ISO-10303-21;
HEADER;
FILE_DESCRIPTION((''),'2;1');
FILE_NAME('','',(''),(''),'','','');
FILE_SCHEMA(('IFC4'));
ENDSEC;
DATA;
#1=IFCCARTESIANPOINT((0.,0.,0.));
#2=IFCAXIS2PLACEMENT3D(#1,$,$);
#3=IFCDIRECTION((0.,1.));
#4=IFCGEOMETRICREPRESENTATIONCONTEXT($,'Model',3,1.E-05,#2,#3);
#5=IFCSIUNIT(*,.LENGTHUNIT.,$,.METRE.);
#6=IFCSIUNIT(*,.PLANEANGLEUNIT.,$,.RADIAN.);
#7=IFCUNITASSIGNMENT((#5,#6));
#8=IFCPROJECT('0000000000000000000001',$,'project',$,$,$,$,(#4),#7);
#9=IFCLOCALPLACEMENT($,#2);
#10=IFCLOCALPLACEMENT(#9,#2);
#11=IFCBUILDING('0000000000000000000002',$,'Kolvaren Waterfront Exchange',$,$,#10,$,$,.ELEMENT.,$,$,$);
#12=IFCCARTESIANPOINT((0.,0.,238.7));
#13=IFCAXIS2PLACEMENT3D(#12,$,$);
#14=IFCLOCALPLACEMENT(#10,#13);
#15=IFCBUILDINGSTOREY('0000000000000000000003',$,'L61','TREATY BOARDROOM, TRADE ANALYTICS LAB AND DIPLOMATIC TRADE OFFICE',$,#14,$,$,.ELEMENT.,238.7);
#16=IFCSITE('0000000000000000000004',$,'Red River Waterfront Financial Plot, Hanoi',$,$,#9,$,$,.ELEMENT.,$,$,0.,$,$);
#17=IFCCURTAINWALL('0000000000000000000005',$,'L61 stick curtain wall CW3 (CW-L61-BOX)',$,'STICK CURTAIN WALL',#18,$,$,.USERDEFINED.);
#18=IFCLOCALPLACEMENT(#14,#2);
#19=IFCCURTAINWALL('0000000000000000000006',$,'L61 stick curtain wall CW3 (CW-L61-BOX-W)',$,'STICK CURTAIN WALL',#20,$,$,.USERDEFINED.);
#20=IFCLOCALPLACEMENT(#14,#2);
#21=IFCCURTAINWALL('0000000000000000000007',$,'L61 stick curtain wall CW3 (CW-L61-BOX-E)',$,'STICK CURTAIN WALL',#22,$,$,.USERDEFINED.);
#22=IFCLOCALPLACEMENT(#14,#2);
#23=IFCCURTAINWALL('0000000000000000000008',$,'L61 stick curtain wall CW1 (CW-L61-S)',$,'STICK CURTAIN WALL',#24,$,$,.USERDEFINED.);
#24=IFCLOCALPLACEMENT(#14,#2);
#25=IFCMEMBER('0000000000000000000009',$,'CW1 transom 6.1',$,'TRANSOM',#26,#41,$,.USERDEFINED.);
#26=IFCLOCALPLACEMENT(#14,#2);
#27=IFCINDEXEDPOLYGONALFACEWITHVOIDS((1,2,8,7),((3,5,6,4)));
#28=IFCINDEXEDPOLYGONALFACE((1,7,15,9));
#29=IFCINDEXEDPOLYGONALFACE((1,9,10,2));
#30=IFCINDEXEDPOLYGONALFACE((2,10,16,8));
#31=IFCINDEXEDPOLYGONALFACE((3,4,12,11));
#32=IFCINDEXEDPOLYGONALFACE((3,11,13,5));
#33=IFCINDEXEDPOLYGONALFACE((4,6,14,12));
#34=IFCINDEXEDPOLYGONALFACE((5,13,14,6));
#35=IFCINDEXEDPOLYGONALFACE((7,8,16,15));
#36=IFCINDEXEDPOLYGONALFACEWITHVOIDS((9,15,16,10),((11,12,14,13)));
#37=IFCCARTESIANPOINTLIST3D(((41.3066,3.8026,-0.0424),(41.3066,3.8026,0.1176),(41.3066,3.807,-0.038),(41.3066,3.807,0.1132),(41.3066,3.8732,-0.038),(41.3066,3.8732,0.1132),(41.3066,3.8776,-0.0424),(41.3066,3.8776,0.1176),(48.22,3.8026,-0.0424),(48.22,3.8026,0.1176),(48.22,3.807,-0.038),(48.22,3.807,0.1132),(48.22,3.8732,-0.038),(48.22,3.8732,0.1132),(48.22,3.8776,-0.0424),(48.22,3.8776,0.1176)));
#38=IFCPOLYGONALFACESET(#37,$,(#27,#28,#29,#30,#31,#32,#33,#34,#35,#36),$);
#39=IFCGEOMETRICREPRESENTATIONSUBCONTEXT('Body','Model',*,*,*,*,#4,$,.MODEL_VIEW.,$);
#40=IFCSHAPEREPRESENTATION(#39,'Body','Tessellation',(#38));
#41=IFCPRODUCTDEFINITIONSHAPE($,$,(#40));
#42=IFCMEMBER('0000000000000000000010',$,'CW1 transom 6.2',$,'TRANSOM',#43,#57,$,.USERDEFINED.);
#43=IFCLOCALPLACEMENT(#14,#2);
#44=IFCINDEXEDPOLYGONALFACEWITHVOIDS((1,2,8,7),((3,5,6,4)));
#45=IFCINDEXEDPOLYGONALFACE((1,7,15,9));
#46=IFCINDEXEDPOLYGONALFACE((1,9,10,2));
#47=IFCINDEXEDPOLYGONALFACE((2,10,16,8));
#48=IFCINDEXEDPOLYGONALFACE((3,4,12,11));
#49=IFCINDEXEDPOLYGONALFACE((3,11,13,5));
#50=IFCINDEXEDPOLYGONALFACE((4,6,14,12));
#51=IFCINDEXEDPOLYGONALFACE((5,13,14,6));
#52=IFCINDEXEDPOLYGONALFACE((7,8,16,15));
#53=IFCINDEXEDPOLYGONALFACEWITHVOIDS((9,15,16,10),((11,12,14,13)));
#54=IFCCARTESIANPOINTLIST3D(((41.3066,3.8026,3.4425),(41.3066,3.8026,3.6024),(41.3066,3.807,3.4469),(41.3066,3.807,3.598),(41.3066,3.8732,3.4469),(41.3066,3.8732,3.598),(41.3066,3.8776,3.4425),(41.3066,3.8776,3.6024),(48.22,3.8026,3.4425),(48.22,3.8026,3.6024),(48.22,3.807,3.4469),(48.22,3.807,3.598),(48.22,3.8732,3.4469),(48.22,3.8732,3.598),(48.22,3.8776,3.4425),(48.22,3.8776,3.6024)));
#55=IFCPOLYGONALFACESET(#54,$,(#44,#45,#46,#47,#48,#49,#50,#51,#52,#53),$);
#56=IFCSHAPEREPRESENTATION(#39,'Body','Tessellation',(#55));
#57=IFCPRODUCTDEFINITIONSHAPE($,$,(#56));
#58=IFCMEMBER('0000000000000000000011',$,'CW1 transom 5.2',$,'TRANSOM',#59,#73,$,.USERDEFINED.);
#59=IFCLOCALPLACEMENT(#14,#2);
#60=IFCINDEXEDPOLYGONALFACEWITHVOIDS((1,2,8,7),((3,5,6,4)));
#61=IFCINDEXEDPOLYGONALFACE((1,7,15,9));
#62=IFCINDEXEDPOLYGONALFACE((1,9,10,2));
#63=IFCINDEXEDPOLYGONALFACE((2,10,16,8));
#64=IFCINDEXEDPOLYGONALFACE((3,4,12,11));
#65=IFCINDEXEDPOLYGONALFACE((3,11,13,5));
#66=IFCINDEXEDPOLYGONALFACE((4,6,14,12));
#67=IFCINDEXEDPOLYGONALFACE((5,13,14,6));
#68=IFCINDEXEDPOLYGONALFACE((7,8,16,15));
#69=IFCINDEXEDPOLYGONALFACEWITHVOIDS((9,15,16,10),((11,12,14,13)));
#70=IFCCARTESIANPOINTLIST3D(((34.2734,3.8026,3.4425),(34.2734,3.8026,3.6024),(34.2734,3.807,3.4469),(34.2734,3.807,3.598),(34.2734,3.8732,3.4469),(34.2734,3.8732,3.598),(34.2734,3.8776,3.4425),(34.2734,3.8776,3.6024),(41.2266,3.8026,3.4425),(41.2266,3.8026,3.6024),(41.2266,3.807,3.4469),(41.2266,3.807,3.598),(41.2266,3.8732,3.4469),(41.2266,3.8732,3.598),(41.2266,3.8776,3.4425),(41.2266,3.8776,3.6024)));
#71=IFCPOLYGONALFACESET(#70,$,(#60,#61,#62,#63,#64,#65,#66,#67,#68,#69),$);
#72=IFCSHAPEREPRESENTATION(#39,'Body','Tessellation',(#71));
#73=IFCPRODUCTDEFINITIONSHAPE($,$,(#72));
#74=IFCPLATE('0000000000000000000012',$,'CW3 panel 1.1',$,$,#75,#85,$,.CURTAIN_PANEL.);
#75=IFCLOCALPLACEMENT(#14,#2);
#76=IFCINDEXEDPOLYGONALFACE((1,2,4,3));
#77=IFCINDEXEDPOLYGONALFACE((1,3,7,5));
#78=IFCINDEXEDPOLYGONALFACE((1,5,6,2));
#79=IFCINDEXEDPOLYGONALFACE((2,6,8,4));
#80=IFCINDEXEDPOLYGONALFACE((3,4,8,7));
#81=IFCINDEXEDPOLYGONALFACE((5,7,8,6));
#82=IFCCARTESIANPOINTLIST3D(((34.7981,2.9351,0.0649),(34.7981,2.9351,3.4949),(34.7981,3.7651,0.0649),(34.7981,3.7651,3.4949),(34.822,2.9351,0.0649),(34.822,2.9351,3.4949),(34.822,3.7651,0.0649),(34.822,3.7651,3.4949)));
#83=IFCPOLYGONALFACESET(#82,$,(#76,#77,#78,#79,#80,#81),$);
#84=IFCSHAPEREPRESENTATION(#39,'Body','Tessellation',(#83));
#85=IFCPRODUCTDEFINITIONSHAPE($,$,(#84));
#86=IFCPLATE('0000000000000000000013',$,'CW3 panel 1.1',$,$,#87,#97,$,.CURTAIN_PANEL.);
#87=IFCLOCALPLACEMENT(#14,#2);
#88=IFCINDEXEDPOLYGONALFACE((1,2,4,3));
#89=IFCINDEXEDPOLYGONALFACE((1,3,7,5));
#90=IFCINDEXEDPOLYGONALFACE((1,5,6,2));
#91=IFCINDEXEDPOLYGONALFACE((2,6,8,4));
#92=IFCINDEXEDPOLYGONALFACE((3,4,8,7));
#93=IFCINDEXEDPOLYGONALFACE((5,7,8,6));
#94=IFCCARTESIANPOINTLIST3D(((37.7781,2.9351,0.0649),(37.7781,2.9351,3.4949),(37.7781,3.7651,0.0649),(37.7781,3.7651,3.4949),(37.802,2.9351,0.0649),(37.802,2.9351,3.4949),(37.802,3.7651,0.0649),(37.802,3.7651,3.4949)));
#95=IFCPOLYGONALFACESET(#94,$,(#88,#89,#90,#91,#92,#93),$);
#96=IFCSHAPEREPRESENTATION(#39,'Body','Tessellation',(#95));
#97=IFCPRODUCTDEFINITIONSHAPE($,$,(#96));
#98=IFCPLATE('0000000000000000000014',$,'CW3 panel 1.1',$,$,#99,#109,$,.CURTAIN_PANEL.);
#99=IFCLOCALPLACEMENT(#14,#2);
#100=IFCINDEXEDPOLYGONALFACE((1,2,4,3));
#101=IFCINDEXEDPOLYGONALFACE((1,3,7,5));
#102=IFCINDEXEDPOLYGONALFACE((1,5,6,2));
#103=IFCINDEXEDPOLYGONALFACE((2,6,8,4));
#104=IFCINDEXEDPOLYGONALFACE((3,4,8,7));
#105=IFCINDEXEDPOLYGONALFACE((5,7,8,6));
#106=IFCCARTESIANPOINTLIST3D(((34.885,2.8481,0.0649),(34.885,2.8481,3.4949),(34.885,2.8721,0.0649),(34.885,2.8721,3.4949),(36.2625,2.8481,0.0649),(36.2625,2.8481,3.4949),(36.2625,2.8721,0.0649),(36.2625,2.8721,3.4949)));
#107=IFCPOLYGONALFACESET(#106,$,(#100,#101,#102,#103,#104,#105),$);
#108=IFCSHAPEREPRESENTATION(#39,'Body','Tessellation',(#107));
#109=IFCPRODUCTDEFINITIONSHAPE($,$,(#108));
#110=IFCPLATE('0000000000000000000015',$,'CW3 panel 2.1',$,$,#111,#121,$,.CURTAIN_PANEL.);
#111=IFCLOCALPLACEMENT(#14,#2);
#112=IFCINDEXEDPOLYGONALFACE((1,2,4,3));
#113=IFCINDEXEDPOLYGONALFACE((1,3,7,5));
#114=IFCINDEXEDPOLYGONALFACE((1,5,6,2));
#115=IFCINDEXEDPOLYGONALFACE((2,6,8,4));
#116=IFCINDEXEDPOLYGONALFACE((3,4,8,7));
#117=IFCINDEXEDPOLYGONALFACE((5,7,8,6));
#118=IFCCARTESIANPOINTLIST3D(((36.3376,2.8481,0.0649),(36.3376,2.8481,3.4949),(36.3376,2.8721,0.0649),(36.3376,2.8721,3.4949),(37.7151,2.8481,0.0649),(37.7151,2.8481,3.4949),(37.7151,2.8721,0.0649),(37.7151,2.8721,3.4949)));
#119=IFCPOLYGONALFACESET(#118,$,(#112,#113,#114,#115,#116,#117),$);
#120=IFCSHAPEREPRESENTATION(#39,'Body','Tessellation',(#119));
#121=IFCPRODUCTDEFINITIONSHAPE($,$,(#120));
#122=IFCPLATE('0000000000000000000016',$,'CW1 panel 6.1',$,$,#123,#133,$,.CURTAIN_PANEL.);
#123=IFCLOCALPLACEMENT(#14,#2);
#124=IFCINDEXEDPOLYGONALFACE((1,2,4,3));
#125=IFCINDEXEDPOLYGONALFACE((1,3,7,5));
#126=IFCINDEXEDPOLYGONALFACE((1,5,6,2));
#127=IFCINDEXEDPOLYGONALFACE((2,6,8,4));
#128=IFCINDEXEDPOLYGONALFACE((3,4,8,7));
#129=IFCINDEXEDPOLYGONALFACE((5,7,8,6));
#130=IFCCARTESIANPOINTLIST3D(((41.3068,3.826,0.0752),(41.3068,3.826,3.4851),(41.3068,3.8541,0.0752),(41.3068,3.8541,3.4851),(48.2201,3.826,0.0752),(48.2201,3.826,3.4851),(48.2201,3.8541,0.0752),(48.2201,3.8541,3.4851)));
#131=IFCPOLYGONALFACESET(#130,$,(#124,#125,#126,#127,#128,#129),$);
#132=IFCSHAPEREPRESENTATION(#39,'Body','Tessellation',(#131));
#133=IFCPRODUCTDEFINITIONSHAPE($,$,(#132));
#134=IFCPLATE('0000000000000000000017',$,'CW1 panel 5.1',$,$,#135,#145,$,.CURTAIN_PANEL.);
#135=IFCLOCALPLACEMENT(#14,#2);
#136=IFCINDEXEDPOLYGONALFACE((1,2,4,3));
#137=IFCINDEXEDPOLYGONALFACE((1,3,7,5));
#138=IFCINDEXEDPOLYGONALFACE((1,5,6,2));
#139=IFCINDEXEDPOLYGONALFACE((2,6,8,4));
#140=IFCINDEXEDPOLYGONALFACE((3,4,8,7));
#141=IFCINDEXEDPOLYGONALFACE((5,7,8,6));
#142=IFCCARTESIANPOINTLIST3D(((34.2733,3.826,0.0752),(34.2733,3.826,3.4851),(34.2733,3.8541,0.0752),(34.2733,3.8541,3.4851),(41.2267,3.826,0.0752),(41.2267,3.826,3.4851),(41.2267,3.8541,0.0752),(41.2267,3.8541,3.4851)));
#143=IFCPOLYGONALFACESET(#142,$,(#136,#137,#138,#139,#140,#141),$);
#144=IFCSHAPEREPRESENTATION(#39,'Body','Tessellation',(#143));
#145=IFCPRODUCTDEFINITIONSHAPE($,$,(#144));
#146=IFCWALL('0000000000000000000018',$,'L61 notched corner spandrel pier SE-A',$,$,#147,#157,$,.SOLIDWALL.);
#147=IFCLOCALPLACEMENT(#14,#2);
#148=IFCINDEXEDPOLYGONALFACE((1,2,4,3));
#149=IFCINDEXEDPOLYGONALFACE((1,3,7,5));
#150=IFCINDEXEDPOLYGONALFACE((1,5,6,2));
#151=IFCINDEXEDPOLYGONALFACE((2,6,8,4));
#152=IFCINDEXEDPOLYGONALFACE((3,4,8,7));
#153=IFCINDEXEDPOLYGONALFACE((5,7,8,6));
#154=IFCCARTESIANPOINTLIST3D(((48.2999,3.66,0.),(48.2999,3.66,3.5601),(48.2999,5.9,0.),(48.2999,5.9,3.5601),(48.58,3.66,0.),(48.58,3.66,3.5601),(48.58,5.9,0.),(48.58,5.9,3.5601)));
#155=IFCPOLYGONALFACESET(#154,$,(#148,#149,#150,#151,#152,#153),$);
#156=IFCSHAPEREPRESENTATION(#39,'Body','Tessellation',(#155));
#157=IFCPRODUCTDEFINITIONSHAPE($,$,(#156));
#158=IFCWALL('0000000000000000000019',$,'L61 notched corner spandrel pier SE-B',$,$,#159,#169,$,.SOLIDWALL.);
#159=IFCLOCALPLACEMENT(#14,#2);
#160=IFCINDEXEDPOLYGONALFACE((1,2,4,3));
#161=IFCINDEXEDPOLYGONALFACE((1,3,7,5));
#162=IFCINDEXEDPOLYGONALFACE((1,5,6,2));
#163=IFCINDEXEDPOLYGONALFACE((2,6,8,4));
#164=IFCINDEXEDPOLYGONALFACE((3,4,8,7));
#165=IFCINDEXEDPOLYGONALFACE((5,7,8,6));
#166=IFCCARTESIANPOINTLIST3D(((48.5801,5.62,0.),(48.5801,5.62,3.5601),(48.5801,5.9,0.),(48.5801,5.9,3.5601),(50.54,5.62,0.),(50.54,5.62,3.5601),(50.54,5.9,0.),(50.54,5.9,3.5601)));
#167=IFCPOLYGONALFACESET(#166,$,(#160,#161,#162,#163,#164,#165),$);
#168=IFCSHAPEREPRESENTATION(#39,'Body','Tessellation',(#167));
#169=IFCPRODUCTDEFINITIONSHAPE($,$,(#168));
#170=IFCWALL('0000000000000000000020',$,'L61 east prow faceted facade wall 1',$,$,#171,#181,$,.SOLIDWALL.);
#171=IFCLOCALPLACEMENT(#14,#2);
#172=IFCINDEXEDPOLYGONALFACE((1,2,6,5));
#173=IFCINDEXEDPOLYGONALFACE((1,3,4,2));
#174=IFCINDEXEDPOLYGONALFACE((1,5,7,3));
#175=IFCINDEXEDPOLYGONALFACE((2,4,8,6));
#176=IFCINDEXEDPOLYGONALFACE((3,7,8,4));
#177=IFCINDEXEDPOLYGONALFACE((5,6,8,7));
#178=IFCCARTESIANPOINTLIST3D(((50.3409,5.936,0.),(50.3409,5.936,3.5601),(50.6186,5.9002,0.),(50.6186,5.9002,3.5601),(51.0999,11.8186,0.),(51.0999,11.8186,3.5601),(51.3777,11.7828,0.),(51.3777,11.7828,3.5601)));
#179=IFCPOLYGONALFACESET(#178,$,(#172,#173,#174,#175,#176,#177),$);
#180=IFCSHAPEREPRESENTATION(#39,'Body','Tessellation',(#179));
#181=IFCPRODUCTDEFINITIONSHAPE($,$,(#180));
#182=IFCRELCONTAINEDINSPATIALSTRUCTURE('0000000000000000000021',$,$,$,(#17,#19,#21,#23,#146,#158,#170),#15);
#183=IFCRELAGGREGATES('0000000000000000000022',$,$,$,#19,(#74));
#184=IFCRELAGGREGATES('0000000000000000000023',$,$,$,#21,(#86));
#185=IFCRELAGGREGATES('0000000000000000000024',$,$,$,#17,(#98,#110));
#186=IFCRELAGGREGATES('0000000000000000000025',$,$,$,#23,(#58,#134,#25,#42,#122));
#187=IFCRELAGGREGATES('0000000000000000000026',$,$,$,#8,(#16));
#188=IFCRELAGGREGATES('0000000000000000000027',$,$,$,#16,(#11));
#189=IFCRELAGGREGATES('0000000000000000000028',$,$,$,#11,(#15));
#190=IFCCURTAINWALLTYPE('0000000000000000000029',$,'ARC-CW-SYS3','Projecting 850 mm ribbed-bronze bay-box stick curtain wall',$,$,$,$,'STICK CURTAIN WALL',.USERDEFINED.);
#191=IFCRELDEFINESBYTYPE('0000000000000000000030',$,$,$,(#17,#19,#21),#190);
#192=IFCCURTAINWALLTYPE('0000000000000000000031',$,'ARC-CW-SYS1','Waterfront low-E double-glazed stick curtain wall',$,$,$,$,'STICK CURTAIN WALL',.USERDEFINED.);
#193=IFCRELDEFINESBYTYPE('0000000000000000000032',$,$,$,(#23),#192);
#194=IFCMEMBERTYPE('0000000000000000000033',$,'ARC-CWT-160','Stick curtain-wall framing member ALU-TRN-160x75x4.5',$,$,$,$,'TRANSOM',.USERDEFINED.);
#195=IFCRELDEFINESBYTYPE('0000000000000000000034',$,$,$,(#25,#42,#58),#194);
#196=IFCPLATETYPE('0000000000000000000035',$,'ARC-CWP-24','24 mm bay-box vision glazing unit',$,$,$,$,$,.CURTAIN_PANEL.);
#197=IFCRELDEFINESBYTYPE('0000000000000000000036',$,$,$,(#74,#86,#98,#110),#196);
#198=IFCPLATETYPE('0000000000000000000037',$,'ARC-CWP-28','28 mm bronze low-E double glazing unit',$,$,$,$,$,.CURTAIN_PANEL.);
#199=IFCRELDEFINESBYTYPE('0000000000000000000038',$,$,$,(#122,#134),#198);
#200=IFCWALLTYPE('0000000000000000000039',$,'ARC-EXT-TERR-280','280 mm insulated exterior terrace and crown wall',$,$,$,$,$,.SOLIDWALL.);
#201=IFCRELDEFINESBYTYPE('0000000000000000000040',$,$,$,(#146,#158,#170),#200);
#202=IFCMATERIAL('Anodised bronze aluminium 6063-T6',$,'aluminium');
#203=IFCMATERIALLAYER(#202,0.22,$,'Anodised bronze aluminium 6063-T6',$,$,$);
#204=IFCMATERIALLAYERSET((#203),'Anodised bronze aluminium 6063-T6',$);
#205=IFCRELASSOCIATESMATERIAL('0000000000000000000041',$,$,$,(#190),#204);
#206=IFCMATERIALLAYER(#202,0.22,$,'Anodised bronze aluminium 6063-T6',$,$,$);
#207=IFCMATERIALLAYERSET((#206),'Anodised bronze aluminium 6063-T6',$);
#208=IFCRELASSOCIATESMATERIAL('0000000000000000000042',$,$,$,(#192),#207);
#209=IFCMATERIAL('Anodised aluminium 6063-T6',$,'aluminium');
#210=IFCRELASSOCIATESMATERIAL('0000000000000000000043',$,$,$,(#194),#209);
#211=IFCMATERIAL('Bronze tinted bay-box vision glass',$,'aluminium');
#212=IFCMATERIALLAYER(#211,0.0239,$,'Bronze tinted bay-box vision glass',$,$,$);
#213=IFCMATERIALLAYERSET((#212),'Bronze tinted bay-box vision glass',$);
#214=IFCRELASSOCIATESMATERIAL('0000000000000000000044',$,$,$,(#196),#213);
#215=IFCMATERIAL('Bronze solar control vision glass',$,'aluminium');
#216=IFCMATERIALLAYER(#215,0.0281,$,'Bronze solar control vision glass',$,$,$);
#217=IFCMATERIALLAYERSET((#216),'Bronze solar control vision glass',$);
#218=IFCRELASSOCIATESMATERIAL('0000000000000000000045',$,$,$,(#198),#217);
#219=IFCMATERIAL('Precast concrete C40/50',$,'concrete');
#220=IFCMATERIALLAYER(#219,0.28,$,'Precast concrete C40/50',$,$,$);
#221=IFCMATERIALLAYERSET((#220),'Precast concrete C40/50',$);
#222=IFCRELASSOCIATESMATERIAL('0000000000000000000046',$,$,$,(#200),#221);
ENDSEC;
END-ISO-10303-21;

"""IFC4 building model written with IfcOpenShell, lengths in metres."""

from ifc_helpers import new_model, si_unit, direction, frame, frame_2d, origin, origin_with_axes, origin_2d, place, context, subcontext, project, spatial, rectangle, hollow_rectangle, extrude, source, transform, mapped, material, layer, layer_set, material_profile, profile_set, type_object, element, aggregate, save


model = new_model("IFC4")

# Units and contexts
model_context = context("Model", 3, precision=1e-05, world=origin(), true_north=direction((0.0, 1.0)))
body_context = subcontext(model_context, "Body", "Model", "MODEL_VIEW")
ifc_project = project(units=[si_unit("LENGTHUNIT", "METRE"), si_unit("PLANEANGLEUNIT", "RADIAN")], contexts=[model_context])

# Site, building, storey
site_placement = place(None, origin())
site = spatial("IfcSite", under=ifc_project, at=site_placement, Name="Red River Waterfront Financial Plot, Hanoi", CompositionType="ELEMENT", RefElevation=0.0)
building_placement = place(site_placement, origin())
building = spatial("IfcBuilding", under=site, at=building_placement, Name="Kolvaren Waterfront Exchange", CompositionType="ELEMENT")
storey_placement = place(building_placement, frame((0.0, 0.0, 238.7)))
storey = spatial("IfcBuildingStorey", under=building, at=storey_placement, Name="L61", Description="TREATY BOARDROOM, TRADE ANALYTICS LAB AND DIPLOMATIC TRADE OFFICE", CompositionType="ELEMENT", Elevation=238.7)

# Curtain walls
ifc_material_1 = material(Name="Anodised bronze aluminium 6063-T6", Category="aluminium")
ifc_layer_1 = layer(ifc_material_1, 0.22, Name="Anodised bronze aluminium 6063-T6")
ifc_layer_set_1 = layer_set([ifc_layer_1], Name="Anodised bronze aluminium 6063-T6")
curtain_wall_type_1 = type_object("IfcCurtainWallType", Name="ARC-CW-SYS3", Description="Projecting 850 mm ribbed-bronze bay-box stick curtain wall", ElementType="STICK CURTAIN WALL", PredefinedType="USERDEFINED", material=ifc_layer_set_1)
curtain_wall_1_placement = place(storey_placement, origin())
curtain_wall_1 = element("IfcCurtainWall", 1, at=curtain_wall_1_placement, inside=storey, type_object=curtain_wall_type_1, Name="L61 stick curtain wall CW3 (CW-L61-BOX)", ObjectType="STICK CURTAIN WALL", PredefinedType="USERDEFINED")
curtain_wall_2_placement = place(storey_placement, origin())
curtain_wall_2 = element("IfcCurtainWall", 2, at=curtain_wall_2_placement, inside=storey, type_object=curtain_wall_type_1, Name="L61 stick curtain wall CW3 (CW-L61-BOX-W)", ObjectType="STICK CURTAIN WALL", PredefinedType="USERDEFINED")
curtain_wall_3_placement = place(storey_placement, origin())
curtain_wall_3 = element("IfcCurtainWall", 3, at=curtain_wall_3_placement, inside=storey, type_object=curtain_wall_type_1, Name="L61 stick curtain wall CW3 (CW-L61-BOX-E)", ObjectType="STICK CURTAIN WALL", PredefinedType="USERDEFINED")

# Curtain wall, members
ifc_layer_2 = layer(ifc_material_1, 0.22, Name="Anodised bronze aluminium 6063-T6")
ifc_layer_set_2 = layer_set([ifc_layer_2], Name="Anodised bronze aluminium 6063-T6")
curtain_wall_type_2 = type_object("IfcCurtainWallType", Name="ARC-CW-SYS1", Description="Waterfront low-E double-glazed stick curtain wall", ElementType="STICK CURTAIN WALL", PredefinedType="USERDEFINED", material=ifc_layer_set_2)
curtain_wall_4_placement = place(storey_placement, origin())
curtain_wall_4 = element("IfcCurtainWall", 4, at=curtain_wall_4_placement, inside=storey, type_object=curtain_wall_type_2, Name="L61 stick curtain wall CW1 (CW-L61-S)", ObjectType="STICK CURTAIN WALL", PredefinedType="USERDEFINED")
ifc_material_2 = material(Name="Anodised aluminium 6063-T6", Category="aluminium")
ifc_material_profile_1 = material_profile(ifc_material_2, hollow_rectangle(XDim=0.075, YDim=0.1599, WallThickness=0.0044, at=origin_2d()), Name="ALU-TRN-160x75x4.5")
ifc_profile_set_1 = profile_set([ifc_material_profile_1], Name="Anodised aluminium 6063-T6")
member_type_1 = type_object("IfcMemberType", Name="ARC-CWT-160", Description="Stick curtain-wall framing member ALU-TRN-160x75x4.5", ElementType="TRANSOM", PredefinedType="USERDEFINED", material=ifc_profile_set_1)
shared_shape_1 = source(origin_with_axes(), body_context, "Body", "SweptSolid", [
    extrude(hollow_rectangle(XDim=0.075, YDim=0.1599, WallThickness=0.0044, at=origin_2d()), origin(), (0.0, 0.0, 1.0), 6.9133),
])
member_1_placement = place(storey_placement, frame((41.3066, 3.8401, 0.0376), z_axis=(1.0, 0.0, 0.0), x_axis=(0.0, 1.0, 0.0)))
member_1 = element("IfcMember", 5, at=member_1_placement, type_object=member_type_1, Name="CW1 transom 6.1", ObjectType="TRANSOM", PredefinedType="USERDEFINED", context=body_context, shape_type="MappedRepresentation", body=[
    mapped(shared_shape_1, transform((0.0, 0.0, 0.0), x_axis=(1.0, 0.0, 0.0), y_axis=(0.0, 1.0, 0.0), z_axis=(0.0, 0.0, 1.0), scale=1.0)),
])
member_2_placement = place(storey_placement, frame((41.3066, 3.8401, 3.5225), z_axis=(1.0, 0.0, 0.0), x_axis=(0.0, 1.0, 0.0)))
member_2 = element("IfcMember", 6, at=member_2_placement, type_object=member_type_1, Name="CW1 transom 6.2", ObjectType="TRANSOM", PredefinedType="USERDEFINED", context=body_context, shape_type="MappedRepresentation", body=[
    mapped(shared_shape_1, transform((0.0, 0.0, 0.0), x_axis=(1.0, 0.0, 0.0), y_axis=(0.0, 1.0, 0.0), z_axis=(0.0, 0.0, 1.0), scale=1.0)),
])
shared_shape_2 = source(origin_with_axes(), body_context, "Body", "SweptSolid", [
    extrude(hollow_rectangle(XDim=0.075, YDim=0.1599, WallThickness=0.0044, at=origin_2d()), origin(), (0.0, 0.0, 1.0), 6.9531),
])
member_3_placement = place(storey_placement, frame((34.2734, 3.8401, 3.5225), z_axis=(1.0, 0.0, 0.0), x_axis=(0.0, 1.0, 0.0)))
member_3 = element("IfcMember", 7, at=member_3_placement, type_object=member_type_1, Name="CW1 transom 5.2", ObjectType="TRANSOM", PredefinedType="USERDEFINED", context=body_context, shape_type="MappedRepresentation", body=[
    mapped(shared_shape_2, transform((0.0, 0.0, 0.0), x_axis=(1.0, 0.0, 0.0), y_axis=(0.0, 1.0, 0.0), z_axis=(0.0, 0.0, 1.0), scale=1.0)),
])

# Plates
ifc_material_3 = material(Name="Bronze tinted bay-box vision glass", Category="aluminium")
ifc_layer_3 = layer(ifc_material_3, 0.0239, Name="Bronze tinted bay-box vision glass")
ifc_layer_set_3 = layer_set([ifc_layer_3], Name="Bronze tinted bay-box vision glass")
plate_type_1 = type_object("IfcPlateType", Name="ARC-CWP-24", Description="24 mm bay-box vision glazing unit", PredefinedType="CURTAIN_PANEL", material=ifc_layer_set_3)
shared_shape_3 = source(origin_with_axes(), body_context, "Body", "SweptSolid", [
    extrude(rectangle(XDim=0.8301, YDim=0.0239, at=origin_2d()), origin(), (0.0, 0.0, 1.0), 3.4299),
])
plate_1_placement = place(storey_placement, frame((34.8101, 3.3501, 0.0649), z_axis=(0.0, 0.0, 1.0), x_axis=(0.0, -1.0, 0.0)))
plate_1 = element("IfcPlate", 8, at=plate_1_placement, type_object=plate_type_1, Name="CW3 panel 1.1", PredefinedType="CURTAIN_PANEL", context=body_context, shape_type="MappedRepresentation", body=[
    mapped(shared_shape_3, transform((0.0, 0.0, 0.0), x_axis=(1.0, 0.0, 0.0), y_axis=(0.0, 1.0, 0.0), z_axis=(0.0, 0.0, 1.0), scale=1.0)),
])
aggregate(curtain_wall_2, [plate_1])
plate_2_placement = place(storey_placement, frame((37.79, 3.3501, 0.0649), z_axis=(0.0, 0.0, 1.0), x_axis=(0.0, 1.0, 0.0)))
plate_2 = element("IfcPlate", 9, at=plate_2_placement, type_object=plate_type_1, Name="CW3 panel 1.1", PredefinedType="CURTAIN_PANEL", context=body_context, shape_type="MappedRepresentation", body=[
    mapped(shared_shape_3, transform((0.0, 0.0, 0.0), x_axis=(1.0, 0.0, 0.0), y_axis=(0.0, 1.0, 0.0), z_axis=(0.0, 0.0, 1.0), scale=1.0)),
])
aggregate(curtain_wall_3, [plate_2])
shared_shape_4 = source(origin_with_axes(), body_context, "Body", "SweptSolid", [
    extrude(rectangle(XDim=1.3774, YDim=0.0239, at=origin_2d()), origin(), (0.0, 0.0, 1.0), 3.4299),
])
plate_3_placement = place(storey_placement, frame((35.5737, 2.8601, 0.0649), z_axis=(0.0, 0.0, 1.0), x_axis=(1.0, 0.0, 0.0)))
plate_3 = element("IfcPlate", 10, at=plate_3_placement, type_object=plate_type_1, Name="CW3 panel 1.1", PredefinedType="CURTAIN_PANEL", context=body_context, shape_type="MappedRepresentation", body=[
    mapped(shared_shape_4, transform((0.0, 0.0, 0.0), x_axis=(1.0, 0.0, 0.0), y_axis=(0.0, 1.0, 0.0), z_axis=(0.0, 0.0, 1.0), scale=1.0)),
])
plate_4_placement = place(storey_placement, frame((37.0264, 2.8601, 0.0649), z_axis=(0.0, 0.0, 1.0), x_axis=(1.0, 0.0, 0.0)))
plate_4 = element("IfcPlate", 11, at=plate_4_placement, type_object=plate_type_1, Name="CW3 panel 2.1", PredefinedType="CURTAIN_PANEL", context=body_context, shape_type="MappedRepresentation", body=[
    mapped(shared_shape_4, transform((0.0, 0.0, 0.0), x_axis=(1.0, 0.0, 0.0), y_axis=(0.0, 1.0, 0.0), z_axis=(0.0, 0.0, 1.0), scale=1.0)),
])
aggregate(curtain_wall_1, [plate_3, plate_4])
ifc_material_4 = material(Name="Bronze solar control vision glass", Category="aluminium")
ifc_layer_4 = layer(ifc_material_4, 0.0281, Name="Bronze solar control vision glass")
ifc_layer_set_4 = layer_set([ifc_layer_4], Name="Bronze solar control vision glass")
plate_type_2 = type_object("IfcPlateType", Name="ARC-CWP-28", Description="28 mm bronze low-E double glazing unit", PredefinedType="CURTAIN_PANEL", material=ifc_layer_set_4)
shared_shape_5 = source(origin_with_axes(), body_context, "Body", "SweptSolid", [
    extrude(rectangle(XDim=6.9133, YDim=0.0281, at=origin_2d()), origin(), (0.0, 0.0, 1.0), 3.4099),
])
plate_5_placement = place(storey_placement, frame((44.7634, 3.8401, 0.0752), z_axis=(0.0, 0.0, 1.0), x_axis=(1.0, 0.0, 0.0)))
plate_5 = element("IfcPlate", 12, at=plate_5_placement, type_object=plate_type_2, Name="CW1 panel 6.1", PredefinedType="CURTAIN_PANEL", context=body_context, shape_type="MappedRepresentation", body=[
    mapped(shared_shape_5, transform((0.0, 0.0, 0.0), x_axis=(1.0, 0.0, 0.0), y_axis=(0.0, 1.0, 0.0), z_axis=(0.0, 0.0, 1.0), scale=1.0)),
])
shared_shape_6 = source(origin_with_axes(), body_context, "Body", "SweptSolid", [
    extrude(rectangle(XDim=6.9534, YDim=0.0281, at=origin_2d()), origin(), (0.0, 0.0, 1.0), 3.4099),
])
plate_6_placement = place(storey_placement, frame((37.75, 3.8401, 0.0752), z_axis=(0.0, 0.0, 1.0), x_axis=(1.0, 0.0, 0.0)))
plate_6 = element("IfcPlate", 13, at=plate_6_placement, type_object=plate_type_2, Name="CW1 panel 5.1", PredefinedType="CURTAIN_PANEL", context=body_context, shape_type="MappedRepresentation", body=[
    mapped(shared_shape_6, transform((0.0, 0.0, 0.0), x_axis=(1.0, 0.0, 0.0), y_axis=(0.0, 1.0, 0.0), z_axis=(0.0, 0.0, 1.0), scale=1.0)),
])
aggregate(curtain_wall_4, [member_3, plate_6, member_1, member_2, plate_5])

# Walls
ifc_material_5 = material(Name="Precast concrete C40/50", Category="concrete")
ifc_layer_5 = layer(ifc_material_5, 0.28, Name="Precast concrete C40/50")
ifc_layer_set_5 = layer_set([ifc_layer_5], Name="Precast concrete C40/50")
wall_type = type_object("IfcWallType", Name="ARC-EXT-TERR-280", Description="280 mm insulated exterior terrace and crown wall", PredefinedType="SOLIDWALL", material=ifc_layer_set_5)
wall_1_placement = place(storey_placement, frame((48.4399, 3.6599, 0.0), z_axis=(0.0, 0.0, 1.0), x_axis=(0.0, 1.0, 0.0)))
element("IfcWall", 14, at=wall_1_placement, inside=storey, type_object=wall_type, Name="L61 notched corner spandrel pier SE-A", PredefinedType="SOLIDWALL", context=body_context, shape_type="SweptSolid", body=[
    extrude(rectangle(XDim=2.24, YDim=0.28, at=frame_2d((1.1201, 0.0))), origin(), (0.0, 0.0, 1.0), 3.5601),
])
wall_2_placement = place(storey_placement, frame((48.5801, 5.76, 0.0), z_axis=(0.0, 0.0, 1.0), x_axis=(1.0, 0.0, 0.0)))
element("IfcWall", 15, at=wall_2_placement, inside=storey, type_object=wall_type, Name="L61 notched corner spandrel pier SE-B", PredefinedType="SOLIDWALL", context=body_context, shape_type="SweptSolid", body=[
    extrude(rectangle(XDim=1.96, YDim=0.28, at=frame_2d((0.98, 0.0))), origin(), (0.0, 0.0, 1.0), 3.5601),
])
for number, where, z_axis, x_axis, name in (
    (16, (50.4797, 5.918, 0.0), (0.0, 0.0, 1.0), (0.12797, 0.991778, 0.0), "L61 east prow faceted facade wall 1"),
):
    element("IfcWall", number, at=place(storey_placement, frame(where, z_axis=z_axis, x_axis=x_axis)), inside=storey, type_object=wall_type, Name=name, PredefinedType="SOLIDWALL", context=body_context, shape_type="SweptSolid", body=[
        extrude(rectangle(XDim=5.9314, YDim=0.28, at=frame_2d((2.9658, 0.0))), origin(), (0.0, 0.0, 1.0), 3.5601),
    ])

save(model, "model.ifc")
